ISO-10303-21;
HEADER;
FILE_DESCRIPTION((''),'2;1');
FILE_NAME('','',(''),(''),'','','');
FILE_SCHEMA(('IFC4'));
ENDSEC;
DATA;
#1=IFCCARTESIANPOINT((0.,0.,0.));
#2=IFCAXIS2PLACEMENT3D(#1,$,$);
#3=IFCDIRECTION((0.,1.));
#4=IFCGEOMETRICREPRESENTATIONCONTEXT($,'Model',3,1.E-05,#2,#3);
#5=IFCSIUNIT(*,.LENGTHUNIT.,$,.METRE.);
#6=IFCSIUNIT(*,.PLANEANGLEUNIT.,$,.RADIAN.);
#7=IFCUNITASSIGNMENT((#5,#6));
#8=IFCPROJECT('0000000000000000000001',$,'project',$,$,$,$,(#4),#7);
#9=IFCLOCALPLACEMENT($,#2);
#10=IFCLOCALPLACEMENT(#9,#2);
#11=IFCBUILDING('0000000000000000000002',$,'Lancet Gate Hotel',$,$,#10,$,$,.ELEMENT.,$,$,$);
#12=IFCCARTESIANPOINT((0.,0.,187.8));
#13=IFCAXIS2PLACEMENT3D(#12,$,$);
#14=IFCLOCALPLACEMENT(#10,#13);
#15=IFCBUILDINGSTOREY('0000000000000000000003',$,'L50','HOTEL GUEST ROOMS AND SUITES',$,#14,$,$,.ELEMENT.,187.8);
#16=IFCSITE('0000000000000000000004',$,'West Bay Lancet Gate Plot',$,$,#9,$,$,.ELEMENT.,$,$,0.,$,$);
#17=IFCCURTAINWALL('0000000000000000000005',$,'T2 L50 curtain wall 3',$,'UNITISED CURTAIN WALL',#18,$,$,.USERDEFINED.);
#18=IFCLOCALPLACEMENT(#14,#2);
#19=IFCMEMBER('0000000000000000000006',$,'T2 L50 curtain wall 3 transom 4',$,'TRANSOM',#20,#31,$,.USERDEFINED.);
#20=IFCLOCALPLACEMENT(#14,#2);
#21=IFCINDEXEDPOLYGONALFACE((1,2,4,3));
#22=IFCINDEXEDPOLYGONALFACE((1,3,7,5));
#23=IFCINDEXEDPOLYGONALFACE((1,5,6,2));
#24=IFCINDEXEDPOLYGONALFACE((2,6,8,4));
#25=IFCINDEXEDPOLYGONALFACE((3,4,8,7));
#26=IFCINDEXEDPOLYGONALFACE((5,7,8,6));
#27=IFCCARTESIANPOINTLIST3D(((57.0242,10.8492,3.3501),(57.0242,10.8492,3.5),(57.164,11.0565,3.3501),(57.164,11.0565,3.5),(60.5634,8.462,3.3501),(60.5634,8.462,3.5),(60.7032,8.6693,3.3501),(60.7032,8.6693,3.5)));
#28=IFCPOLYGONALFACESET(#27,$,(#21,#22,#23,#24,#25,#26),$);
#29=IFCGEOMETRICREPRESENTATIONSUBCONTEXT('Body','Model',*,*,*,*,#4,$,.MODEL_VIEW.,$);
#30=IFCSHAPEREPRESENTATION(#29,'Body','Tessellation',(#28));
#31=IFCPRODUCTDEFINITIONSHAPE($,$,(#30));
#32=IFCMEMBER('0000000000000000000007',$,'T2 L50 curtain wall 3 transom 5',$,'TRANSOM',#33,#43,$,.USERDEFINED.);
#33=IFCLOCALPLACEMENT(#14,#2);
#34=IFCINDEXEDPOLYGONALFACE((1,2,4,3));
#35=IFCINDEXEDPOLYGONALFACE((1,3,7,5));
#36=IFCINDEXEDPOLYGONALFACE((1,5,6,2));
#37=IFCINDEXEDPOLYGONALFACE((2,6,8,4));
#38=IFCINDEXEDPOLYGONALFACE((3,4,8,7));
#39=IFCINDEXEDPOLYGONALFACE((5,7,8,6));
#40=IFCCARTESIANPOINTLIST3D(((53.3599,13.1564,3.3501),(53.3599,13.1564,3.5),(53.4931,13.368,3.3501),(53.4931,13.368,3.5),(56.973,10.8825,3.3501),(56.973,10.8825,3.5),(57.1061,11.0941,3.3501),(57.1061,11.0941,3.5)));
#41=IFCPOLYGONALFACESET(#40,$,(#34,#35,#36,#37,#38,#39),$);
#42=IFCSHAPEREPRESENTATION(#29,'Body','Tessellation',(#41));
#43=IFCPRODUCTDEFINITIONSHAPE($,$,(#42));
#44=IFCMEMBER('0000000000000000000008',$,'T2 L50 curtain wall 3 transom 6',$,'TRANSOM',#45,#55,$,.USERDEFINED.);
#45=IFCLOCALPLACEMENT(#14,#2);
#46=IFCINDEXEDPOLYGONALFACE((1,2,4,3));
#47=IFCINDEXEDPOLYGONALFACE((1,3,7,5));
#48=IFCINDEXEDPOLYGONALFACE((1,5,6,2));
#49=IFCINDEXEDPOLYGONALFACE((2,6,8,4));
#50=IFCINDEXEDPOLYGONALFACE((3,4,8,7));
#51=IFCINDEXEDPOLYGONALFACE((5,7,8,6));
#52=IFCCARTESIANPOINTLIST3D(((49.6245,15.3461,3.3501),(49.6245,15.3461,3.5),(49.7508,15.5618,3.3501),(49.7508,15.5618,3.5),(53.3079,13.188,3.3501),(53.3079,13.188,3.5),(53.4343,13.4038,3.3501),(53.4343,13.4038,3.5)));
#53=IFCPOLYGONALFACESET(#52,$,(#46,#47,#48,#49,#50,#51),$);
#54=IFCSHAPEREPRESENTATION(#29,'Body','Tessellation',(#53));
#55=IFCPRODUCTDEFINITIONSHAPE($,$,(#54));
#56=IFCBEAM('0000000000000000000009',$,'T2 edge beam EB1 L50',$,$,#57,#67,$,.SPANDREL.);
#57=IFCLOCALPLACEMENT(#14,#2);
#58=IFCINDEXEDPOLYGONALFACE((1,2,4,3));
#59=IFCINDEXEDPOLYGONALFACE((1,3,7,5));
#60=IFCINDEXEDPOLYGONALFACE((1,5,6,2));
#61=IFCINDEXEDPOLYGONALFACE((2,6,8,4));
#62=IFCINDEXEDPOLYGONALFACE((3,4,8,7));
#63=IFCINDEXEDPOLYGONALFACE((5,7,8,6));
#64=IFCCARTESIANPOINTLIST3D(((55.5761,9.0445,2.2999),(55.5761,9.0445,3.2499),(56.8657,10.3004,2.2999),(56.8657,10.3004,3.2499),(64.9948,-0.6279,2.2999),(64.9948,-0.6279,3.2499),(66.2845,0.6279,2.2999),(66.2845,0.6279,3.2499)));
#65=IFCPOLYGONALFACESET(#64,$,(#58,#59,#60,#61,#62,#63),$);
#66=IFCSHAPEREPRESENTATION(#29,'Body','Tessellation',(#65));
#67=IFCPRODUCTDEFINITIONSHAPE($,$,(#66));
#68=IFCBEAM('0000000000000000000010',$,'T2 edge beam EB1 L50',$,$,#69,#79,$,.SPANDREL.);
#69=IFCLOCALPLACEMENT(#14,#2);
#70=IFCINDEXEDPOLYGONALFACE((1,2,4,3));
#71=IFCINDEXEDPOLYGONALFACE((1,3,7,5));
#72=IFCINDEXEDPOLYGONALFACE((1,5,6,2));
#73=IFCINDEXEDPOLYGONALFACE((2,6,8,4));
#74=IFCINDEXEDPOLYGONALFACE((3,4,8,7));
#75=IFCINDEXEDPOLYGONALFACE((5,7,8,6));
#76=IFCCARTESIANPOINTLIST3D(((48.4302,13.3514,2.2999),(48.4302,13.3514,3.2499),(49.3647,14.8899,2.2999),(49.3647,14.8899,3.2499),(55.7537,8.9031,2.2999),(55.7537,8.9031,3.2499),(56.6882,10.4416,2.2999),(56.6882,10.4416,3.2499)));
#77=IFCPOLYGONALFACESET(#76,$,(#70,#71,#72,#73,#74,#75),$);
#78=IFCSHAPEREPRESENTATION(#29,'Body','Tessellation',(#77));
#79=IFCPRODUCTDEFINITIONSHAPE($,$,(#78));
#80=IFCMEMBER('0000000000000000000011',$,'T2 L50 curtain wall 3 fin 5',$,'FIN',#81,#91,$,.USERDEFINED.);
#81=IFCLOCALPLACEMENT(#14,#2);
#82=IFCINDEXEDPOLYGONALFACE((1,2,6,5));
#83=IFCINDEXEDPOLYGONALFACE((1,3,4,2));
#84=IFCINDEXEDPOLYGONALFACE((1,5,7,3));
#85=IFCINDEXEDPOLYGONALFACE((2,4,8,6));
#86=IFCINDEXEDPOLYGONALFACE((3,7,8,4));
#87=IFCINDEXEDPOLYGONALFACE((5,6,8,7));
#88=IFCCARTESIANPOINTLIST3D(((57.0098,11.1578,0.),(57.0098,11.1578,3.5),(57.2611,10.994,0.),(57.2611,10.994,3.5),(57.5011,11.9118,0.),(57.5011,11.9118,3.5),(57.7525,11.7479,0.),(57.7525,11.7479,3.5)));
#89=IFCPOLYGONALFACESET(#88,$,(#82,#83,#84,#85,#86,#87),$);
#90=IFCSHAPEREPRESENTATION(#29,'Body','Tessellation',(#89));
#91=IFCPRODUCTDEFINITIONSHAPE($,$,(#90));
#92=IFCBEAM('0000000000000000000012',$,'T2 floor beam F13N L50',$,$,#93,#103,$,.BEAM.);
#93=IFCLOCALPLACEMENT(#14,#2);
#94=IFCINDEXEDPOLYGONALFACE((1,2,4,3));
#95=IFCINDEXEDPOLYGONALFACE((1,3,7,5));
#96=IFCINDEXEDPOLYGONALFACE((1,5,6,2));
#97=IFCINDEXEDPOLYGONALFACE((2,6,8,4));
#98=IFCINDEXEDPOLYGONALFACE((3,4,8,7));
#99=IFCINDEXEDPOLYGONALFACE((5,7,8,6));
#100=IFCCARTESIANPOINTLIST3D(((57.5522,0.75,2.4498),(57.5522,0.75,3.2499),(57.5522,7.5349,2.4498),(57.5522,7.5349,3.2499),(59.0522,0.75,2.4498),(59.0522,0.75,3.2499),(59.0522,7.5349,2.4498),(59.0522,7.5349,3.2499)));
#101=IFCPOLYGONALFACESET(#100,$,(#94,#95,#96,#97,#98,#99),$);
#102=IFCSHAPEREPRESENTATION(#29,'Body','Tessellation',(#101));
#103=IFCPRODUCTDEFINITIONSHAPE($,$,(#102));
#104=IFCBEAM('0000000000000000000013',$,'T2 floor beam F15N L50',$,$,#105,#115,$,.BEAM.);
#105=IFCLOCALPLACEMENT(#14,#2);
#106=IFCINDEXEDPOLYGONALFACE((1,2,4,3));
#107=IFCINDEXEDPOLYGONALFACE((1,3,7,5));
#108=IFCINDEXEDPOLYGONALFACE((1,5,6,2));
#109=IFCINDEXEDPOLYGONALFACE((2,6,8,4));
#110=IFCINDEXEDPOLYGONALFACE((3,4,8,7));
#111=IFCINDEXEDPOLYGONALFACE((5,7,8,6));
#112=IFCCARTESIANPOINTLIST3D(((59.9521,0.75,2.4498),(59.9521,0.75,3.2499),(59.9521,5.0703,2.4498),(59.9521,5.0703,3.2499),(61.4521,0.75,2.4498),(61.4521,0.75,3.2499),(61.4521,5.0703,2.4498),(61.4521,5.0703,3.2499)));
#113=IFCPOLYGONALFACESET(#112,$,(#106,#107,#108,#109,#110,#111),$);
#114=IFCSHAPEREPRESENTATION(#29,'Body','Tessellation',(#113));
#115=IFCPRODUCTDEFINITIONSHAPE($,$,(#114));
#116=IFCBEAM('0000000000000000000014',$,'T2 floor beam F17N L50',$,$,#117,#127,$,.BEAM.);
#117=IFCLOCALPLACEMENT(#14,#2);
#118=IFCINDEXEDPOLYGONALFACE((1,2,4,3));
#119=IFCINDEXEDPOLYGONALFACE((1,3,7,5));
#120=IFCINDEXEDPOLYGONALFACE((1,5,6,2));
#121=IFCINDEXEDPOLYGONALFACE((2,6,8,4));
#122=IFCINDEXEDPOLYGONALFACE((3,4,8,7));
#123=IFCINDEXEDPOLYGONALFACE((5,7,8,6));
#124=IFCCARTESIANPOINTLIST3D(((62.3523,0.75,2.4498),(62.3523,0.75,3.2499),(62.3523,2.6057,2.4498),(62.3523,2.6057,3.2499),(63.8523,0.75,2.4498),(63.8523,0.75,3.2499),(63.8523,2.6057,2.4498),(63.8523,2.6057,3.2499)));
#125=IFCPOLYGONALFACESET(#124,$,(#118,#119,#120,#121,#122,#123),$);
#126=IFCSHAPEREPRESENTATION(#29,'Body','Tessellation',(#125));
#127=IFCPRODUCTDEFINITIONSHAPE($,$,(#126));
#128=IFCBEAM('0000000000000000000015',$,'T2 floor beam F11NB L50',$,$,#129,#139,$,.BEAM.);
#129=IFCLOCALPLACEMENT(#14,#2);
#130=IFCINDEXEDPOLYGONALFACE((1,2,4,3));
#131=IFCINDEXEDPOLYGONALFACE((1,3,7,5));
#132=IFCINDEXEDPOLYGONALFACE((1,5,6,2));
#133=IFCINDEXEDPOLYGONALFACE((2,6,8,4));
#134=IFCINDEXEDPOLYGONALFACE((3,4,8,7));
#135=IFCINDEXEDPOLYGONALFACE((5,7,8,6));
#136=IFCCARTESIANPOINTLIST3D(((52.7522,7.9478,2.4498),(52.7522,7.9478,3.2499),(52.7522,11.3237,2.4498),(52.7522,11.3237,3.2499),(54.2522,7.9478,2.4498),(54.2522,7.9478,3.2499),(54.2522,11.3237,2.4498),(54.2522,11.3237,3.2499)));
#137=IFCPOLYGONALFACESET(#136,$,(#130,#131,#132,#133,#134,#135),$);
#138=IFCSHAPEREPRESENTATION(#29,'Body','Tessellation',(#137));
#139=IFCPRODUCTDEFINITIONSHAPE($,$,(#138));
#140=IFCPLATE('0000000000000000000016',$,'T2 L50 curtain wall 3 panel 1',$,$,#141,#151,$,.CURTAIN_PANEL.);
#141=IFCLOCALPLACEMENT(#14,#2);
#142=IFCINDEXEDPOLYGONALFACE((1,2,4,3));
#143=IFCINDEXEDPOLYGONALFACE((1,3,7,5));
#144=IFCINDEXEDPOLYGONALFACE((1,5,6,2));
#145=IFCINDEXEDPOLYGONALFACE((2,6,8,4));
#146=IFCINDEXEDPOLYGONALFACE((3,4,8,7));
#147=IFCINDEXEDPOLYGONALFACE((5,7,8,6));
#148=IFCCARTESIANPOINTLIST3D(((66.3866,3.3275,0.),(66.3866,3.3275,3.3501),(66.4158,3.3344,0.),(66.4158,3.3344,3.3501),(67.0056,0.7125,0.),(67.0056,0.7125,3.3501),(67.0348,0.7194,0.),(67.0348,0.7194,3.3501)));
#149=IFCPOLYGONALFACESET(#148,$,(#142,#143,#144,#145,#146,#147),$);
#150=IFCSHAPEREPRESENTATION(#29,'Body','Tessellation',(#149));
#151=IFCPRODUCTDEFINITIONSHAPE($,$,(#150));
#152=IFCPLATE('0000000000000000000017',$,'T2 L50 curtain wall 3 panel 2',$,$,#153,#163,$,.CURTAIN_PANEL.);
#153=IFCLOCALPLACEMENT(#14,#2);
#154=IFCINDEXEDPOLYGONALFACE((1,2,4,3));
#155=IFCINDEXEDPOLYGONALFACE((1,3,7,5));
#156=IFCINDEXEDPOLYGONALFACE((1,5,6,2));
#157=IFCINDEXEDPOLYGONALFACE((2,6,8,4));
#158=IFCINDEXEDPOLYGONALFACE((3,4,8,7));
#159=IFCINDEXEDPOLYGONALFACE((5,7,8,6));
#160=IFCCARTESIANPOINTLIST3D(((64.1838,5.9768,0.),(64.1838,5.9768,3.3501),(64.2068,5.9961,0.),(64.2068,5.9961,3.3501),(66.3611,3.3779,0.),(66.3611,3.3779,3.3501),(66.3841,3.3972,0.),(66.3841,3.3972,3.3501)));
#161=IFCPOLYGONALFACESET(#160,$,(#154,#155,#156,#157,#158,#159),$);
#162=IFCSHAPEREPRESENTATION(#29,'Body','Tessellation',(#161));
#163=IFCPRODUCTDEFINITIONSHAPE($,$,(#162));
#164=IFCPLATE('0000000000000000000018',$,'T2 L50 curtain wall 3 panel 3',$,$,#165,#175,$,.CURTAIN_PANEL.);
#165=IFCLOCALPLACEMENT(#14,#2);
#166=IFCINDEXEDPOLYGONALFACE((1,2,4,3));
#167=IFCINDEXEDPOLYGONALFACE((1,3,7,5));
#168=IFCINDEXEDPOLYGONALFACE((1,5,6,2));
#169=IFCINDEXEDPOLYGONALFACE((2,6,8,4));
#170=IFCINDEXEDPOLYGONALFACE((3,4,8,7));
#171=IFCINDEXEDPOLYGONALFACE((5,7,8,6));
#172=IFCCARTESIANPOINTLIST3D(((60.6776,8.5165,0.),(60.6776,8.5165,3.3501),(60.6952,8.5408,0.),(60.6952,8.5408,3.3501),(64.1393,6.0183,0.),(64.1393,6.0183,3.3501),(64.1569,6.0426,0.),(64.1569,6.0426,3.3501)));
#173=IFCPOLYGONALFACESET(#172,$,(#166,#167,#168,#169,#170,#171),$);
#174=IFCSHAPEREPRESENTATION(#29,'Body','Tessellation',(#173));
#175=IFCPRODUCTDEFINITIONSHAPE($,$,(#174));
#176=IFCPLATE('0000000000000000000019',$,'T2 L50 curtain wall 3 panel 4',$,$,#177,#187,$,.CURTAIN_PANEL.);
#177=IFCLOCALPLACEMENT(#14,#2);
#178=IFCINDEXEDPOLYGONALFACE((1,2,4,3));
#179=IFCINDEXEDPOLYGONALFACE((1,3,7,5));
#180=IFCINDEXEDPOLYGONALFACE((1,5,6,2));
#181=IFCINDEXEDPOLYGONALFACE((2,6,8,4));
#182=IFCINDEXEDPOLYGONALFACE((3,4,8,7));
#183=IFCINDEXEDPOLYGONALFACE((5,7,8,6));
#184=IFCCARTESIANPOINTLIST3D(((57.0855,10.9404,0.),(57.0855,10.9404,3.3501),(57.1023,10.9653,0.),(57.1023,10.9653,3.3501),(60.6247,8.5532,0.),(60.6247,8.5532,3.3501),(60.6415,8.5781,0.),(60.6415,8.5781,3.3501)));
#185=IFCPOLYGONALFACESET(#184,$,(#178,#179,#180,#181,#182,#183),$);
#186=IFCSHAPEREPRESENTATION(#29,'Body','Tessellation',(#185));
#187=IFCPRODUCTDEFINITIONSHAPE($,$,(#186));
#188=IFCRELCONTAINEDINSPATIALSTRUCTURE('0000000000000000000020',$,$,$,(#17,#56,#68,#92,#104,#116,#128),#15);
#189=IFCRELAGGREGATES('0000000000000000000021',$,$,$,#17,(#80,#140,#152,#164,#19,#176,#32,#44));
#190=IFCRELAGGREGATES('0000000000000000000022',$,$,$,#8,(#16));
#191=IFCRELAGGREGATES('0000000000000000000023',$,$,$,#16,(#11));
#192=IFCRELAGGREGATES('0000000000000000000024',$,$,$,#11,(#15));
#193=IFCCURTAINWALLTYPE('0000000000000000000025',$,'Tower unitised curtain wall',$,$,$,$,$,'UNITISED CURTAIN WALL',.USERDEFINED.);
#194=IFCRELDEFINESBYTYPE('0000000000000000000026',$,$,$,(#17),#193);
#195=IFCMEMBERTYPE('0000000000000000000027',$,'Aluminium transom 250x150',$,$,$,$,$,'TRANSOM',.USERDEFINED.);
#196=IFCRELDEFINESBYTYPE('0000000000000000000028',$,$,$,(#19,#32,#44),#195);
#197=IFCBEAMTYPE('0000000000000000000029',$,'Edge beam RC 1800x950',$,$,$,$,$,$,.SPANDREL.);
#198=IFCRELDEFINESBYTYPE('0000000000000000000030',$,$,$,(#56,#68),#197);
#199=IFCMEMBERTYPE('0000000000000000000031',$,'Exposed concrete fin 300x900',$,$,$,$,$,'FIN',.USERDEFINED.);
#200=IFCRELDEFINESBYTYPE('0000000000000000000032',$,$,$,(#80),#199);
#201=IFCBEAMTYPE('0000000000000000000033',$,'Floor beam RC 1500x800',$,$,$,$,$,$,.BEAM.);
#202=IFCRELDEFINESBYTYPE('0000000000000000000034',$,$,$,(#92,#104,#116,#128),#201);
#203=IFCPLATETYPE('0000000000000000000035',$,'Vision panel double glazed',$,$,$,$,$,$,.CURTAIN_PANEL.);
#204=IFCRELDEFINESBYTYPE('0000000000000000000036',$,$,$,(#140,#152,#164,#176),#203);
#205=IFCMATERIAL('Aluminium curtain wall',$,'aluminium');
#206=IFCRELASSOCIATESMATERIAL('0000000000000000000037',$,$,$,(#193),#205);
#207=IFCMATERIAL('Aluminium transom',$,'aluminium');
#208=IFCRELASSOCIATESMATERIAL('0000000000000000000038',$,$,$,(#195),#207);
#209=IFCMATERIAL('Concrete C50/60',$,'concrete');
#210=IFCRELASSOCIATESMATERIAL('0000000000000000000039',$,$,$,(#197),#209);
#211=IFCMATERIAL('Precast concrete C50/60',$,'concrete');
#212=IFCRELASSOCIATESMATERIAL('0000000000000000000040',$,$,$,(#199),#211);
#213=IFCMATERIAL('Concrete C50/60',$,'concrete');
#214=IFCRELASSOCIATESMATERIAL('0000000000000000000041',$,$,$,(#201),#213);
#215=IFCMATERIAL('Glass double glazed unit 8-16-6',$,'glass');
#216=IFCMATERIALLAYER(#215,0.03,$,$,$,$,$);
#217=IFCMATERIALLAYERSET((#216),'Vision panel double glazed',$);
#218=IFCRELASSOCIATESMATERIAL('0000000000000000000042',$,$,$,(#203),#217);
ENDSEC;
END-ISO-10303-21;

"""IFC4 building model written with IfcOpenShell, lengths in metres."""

from ifc_helpers import new_model, si_unit, direction, frame, origin, origin_2d, place, context, subcontext, project, spatial, rectangle, extrude, material, layer, layer_set, material_profile, profile_set, type_object, element, aggregate, save


model = new_model("IFC4")

# Units and contexts
model_context = context("Model", 3, precision=1e-05, world=origin(), true_north=direction((0.0, 1.0)))
body_context = subcontext(model_context, "Body", "Model", "MODEL_VIEW")
ifc_project = project(units=[si_unit("LENGTHUNIT", "METRE"), si_unit("PLANEANGLEUNIT", "RADIAN")], contexts=[model_context])

# Site, building, storey
site_placement = place(None, origin())
site = spatial("IfcSite", under=ifc_project, at=site_placement, Name="West Bay Lancet Gate Plot", CompositionType="ELEMENT", RefElevation=0.0)
building_placement = place(site_placement, origin())
building = spatial("IfcBuilding", under=site, at=building_placement, Name="Lancet Gate Hotel", CompositionType="ELEMENT")
storey_placement = place(building_placement, frame((0.0, 0.0, 187.8)))
storey = spatial("IfcBuildingStorey", under=building, at=storey_placement, Name="L50", Description="HOTEL GUEST ROOMS AND SUITES", CompositionType="ELEMENT", Elevation=187.8)

# Curtain wall, members
ifc_material_1 = material(Name="Aluminium curtain wall", Category="aluminium")
curtain_wall_type = type_object("IfcCurtainWallType", Name="Tower unitised curtain wall", ElementType="UNITISED CURTAIN WALL", PredefinedType="USERDEFINED", material=ifc_material_1)
curtain_wall_placement = place(storey_placement, origin())
curtain_wall = element("IfcCurtainWall", 1, at=curtain_wall_placement, inside=storey, type_object=curtain_wall_type, Name="T2 L50 curtain wall 3", ObjectType="UNITISED CURTAIN WALL", PredefinedType="USERDEFINED")
ifc_material_2 = material(Name="Aluminium transom", Category="aluminium")
ifc_material_profile_1 = material_profile(ifc_material_2, rectangle(XDim=0.25, YDim=0.1499, at=origin_2d()), Name="TRANSOM 250x150")
ifc_profile_set_1 = profile_set([ifc_material_profile_1], Name="Aluminium transom")
member_type_1 = type_object("IfcMemberType", Name="Aluminium transom 250x150", ElementType="TRANSOM", PredefinedType="USERDEFINED", material=ifc_profile_set_1)
member_1_placement = place(storey_placement, frame((60.6333, 8.5657, 3.425), z_axis=(-0.829047, 0.559179, 0.0), x_axis=(-0.559179, -0.829047, 0.0)))
member_1 = element("IfcMember", 2, at=member_1_placement, type_object=member_type_1, Name="T2 L50 curtain wall 3 transom 4", ObjectType="TRANSOM", PredefinedType="USERDEFINED", context=body_context, shape_type="SweptSolid", body=[
    extrude(rectangle(XDim=0.25, YDim=0.1499, at=origin_2d()), origin(), (0.0, 0.0, 1.0), 4.269),
])
member_2_placement = place(storey_placement, frame((57.0396, 10.9883, 3.425), z_axis=(-0.846333, 0.532654, 0.0), x_axis=(-0.532654, -0.846333, 0.0)))
member_2 = element("IfcMember", 3, at=member_2_placement, type_object=member_type_1, Name="T2 L50 curtain wall 3 transom 5", ObjectType="TRANSOM", PredefinedType="USERDEFINED", context=body_context, shape_type="SweptSolid", body=[
    extrude(rectangle(XDim=0.25, YDim=0.1499, at=origin_2d()), origin(), (0.0, 0.0, 1.0), 4.269),
])
member_3_placement = place(storey_placement, frame((53.3711, 13.2959, 3.425), z_axis=(-0.862825, 0.505502, 0.0), x_axis=(-0.505502, -0.862825, 0.0)))
member_3 = element("IfcMember", 4, at=member_3_placement, type_object=member_type_1, Name="T2 L50 curtain wall 3 transom 6", ObjectType="TRANSOM", PredefinedType="USERDEFINED", context=body_context, shape_type="SweptSolid", body=[
    extrude(rectangle(XDim=0.25, YDim=0.1499, at=origin_2d()), origin(), (0.0, 0.0, 1.0), 4.269),
])

# Beams
ifc_material_3 = material(Name="Concrete C50/60", Category="concrete")
ifc_material_profile_2 = material_profile(ifc_material_3, rectangle(XDim=1.8, YDim=0.95, at=origin_2d()), Name="RC 1800x950")
ifc_profile_set_2 = profile_set([ifc_material_profile_2], Name="Concrete C50/60")
beam_type_1 = type_object("IfcBeamType", Name="Edge beam RC 1800x950", PredefinedType="SPANDREL", material=ifc_profile_set_2)
beam_1_placement = place(storey_placement, frame((65.6396, 0.0, 2.7749), z_axis=(-0.69765, 0.716439, 0.0), x_axis=(-0.716439, -0.69765, 0.0)))
element("IfcBeam", 5, at=beam_1_placement, inside=storey, type_object=beam_type_1, Name="T2 edge beam EB1 L50", PredefinedType="SPANDREL", context=body_context, shape_type="SweptSolid", body=[
    extrude(rectangle(XDim=1.8, YDim=0.95, at=origin_2d()), origin(), (0.0, 0.0, 1.0), 13.5007),
])
beam_2_placement = place(storey_placement, frame((56.2209, 9.6724, 2.7749), z_axis=(-0.854692, 0.519135, 0.0), x_axis=(-0.519135, -0.854692, 0.0)))
element("IfcBeam", 6, at=beam_2_placement, inside=storey, type_object=beam_type_1, Name="T2 edge beam EB1 L50", PredefinedType="SPANDREL", context=body_context, shape_type="SweptSolid", body=[
    extrude(rectangle(XDim=1.8, YDim=0.95, at=origin_2d()), origin(), (0.0, 0.0, 1.0), 8.5686),
])

# Member
ifc_material_4 = material(Name="Precast concrete C50/60", Category="concrete")
ifc_material_profile_3 = material_profile(ifc_material_4, rectangle(XDim=0.3, YDim=0.8999, at=origin_2d()), Name="FIN 300x900")
ifc_profile_set_3 = profile_set([ifc_material_profile_3], Name="Precast concrete C50/60")
member_type_2 = type_object("IfcMemberType", Name="Exposed concrete fin 300x900", ElementType="FIN", PredefinedType="USERDEFINED", material=ifc_profile_set_3)
member_4_placement = place(storey_placement, frame((57.3811, 11.4529, 0.0), z_axis=(0.0, 0.0, 1.0), x_axis=(-0.837801, 0.545976, 0.0)))
member_4 = element("IfcMember", 7, at=member_4_placement, type_object=member_type_2, Name="T2 L50 curtain wall 3 fin 5", ObjectType="FIN", PredefinedType="USERDEFINED", context=body_context, shape_type="SweptSolid", body=[
    extrude(rectangle(XDim=0.3, YDim=0.8999, at=origin_2d()), origin(), (0.0, 0.0, 1.0), 3.5),
])

# Beams
ifc_material_5 = material(Name="Concrete C50/60", Category="concrete")
ifc_material_profile_4 = material_profile(ifc_material_5, rectangle(XDim=1.5, YDim=0.8, at=origin_2d()), Name="RC 1500x800")
ifc_profile_set_4 = profile_set([ifc_material_profile_4], Name="Concrete C50/60")
beam_type_2 = type_object("IfcBeamType", Name="Floor beam RC 1500x800", PredefinedType="BEAM", material=ifc_profile_set_4)
beam_3_placement = place(storey_placement, frame((58.3022, 0.75, 2.8499), z_axis=(0.0, 1.0, 0.0), x_axis=(-1.0, 0.0, 0.0)))
element("IfcBeam", 8, at=beam_3_placement, inside=storey, type_object=beam_type_2, Name="T2 floor beam F13N L50", PredefinedType="BEAM", context=body_context, shape_type="SweptSolid", body=[
    extrude(rectangle(XDim=1.5, YDim=0.8, at=origin_2d()), origin(), (0.0, 0.0, 1.0), 6.7849),
])
beam_4_placement = place(storey_placement, frame((60.7021, 0.75, 2.8499), z_axis=(0.0, 1.0, 0.0), x_axis=(-1.0, 0.0, 0.0)))
element("IfcBeam", 9, at=beam_4_placement, inside=storey, type_object=beam_type_2, Name="T2 floor beam F15N L50", PredefinedType="BEAM", context=body_context, shape_type="SweptSolid", body=[
    extrude(rectangle(XDim=1.5, YDim=0.8, at=origin_2d()), origin(), (0.0, 0.0, 1.0), 4.3203),
])
beam_5_placement = place(storey_placement, frame((63.1023, 0.75, 2.8499), z_axis=(0.0, 1.0, 0.0), x_axis=(-1.0, 0.0, 0.0)))
element("IfcBeam", 10, at=beam_5_placement, inside=storey, type_object=beam_type_2, Name="T2 floor beam F17N L50", PredefinedType="BEAM", context=body_context, shape_type="SweptSolid", body=[
    extrude(rectangle(XDim=1.5, YDim=0.8, at=origin_2d()), origin(), (0.0, 0.0, 1.0), 1.8557),
])
beam_6_placement = place(storey_placement, frame((53.5022, 7.9478, 2.8499), z_axis=(0.0, 1.0, 0.0), x_axis=(-1.0, 0.0, 0.0)))
element("IfcBeam", 11, at=beam_6_placement, inside=storey, type_object=beam_type_2, Name="T2 floor beam F11NB L50", PredefinedType="BEAM", context=body_context, shape_type="SweptSolid", body=[
    extrude(rectangle(XDim=1.5, YDim=0.8, at=origin_2d()), origin(), (0.0, 0.0, 1.0), 3.376),
])

# Plates
ifc_material_6 = material(Name="Glass double glazed unit 8-16-6", Category="glass")
ifc_layer_1 = layer(ifc_material_6, 0.03)
ifc_layer_set_1 = layer_set([ifc_layer_1], Name="Vision panel double glazed")
plate_type = type_object("IfcPlateType", Name="Vision panel double glazed", PredefinedType="CURTAIN_PANEL", material=ifc_layer_set_1)
plate_1_placement = place(storey_placement, frame((66.7107, 2.0234, 0.0), z_axis=(0.0, 0.0, 1.0), x_axis=(-0.230367, 0.973104, 0.0)))
plate_1 = element("IfcPlate", 12, at=plate_1_placement, type_object=plate_type, Name="T2 L50 curtain wall 3 panel 1", PredefinedType="CURTAIN_PANEL", context=body_context, shape_type="SweptSolid", body=[
    extrude(rectangle(XDim=2.6873, YDim=0.03, at=origin_2d()), origin(), (0.0, 0.0, 1.0), 3.3501),
])
plate_2_placement = place(storey_placement, frame((65.2839, 4.687, 0.0), z_axis=(0.0, 0.0, 1.0), x_axis=(-0.642199, 0.766538, 0.0)))
plate_2 = element("IfcPlate", 13, at=plate_2_placement, type_object=plate_type, Name="T2 L50 curtain wall 3 panel 2", PredefinedType="CURTAIN_PANEL", context=body_context, shape_type="SweptSolid", body=[
    extrude(rectangle(XDim=3.3904, YDim=0.03, at=origin_2d()), origin(), (0.0, 0.0, 1.0), 3.3501),
])
plate_3_placement = place(storey_placement, frame((62.4172, 7.2795, 0.0), z_axis=(0.0, 0.0, 1.0), x_axis=(-0.810891, 0.585197, 0.0)))
plate_3 = element("IfcPlate", 14, at=plate_3_placement, type_object=plate_type, Name="T2 L50 curtain wall 3 panel 3", PredefinedType="CURTAIN_PANEL", context=body_context, shape_type="SweptSolid", body=[
    extrude(rectangle(XDim=4.269, YDim=0.03, at=origin_2d()), origin(), (0.0, 0.0, 1.0), 3.3501),
])
plate_4_placement = place(storey_placement, frame((58.8635, 9.7593, 0.0), z_axis=(0.0, 0.0, 1.0), x_axis=(-0.829039, 0.559191, 0.0)))
plate_4 = element("IfcPlate", 15, at=plate_4_placement, type_object=plate_type, Name="T2 L50 curtain wall 3 panel 4", PredefinedType="CURTAIN_PANEL", context=body_context, shape_type="SweptSolid", body=[
    extrude(rectangle(XDim=4.269, YDim=0.03, at=origin_2d()), origin(), (0.0, 0.0, 1.0), 3.3501),
])
aggregate(curtain_wall, [member_4, plate_1, plate_2, plate_3, member_1, plate_4, member_2, member_3])

save(model, "model.ifc")
